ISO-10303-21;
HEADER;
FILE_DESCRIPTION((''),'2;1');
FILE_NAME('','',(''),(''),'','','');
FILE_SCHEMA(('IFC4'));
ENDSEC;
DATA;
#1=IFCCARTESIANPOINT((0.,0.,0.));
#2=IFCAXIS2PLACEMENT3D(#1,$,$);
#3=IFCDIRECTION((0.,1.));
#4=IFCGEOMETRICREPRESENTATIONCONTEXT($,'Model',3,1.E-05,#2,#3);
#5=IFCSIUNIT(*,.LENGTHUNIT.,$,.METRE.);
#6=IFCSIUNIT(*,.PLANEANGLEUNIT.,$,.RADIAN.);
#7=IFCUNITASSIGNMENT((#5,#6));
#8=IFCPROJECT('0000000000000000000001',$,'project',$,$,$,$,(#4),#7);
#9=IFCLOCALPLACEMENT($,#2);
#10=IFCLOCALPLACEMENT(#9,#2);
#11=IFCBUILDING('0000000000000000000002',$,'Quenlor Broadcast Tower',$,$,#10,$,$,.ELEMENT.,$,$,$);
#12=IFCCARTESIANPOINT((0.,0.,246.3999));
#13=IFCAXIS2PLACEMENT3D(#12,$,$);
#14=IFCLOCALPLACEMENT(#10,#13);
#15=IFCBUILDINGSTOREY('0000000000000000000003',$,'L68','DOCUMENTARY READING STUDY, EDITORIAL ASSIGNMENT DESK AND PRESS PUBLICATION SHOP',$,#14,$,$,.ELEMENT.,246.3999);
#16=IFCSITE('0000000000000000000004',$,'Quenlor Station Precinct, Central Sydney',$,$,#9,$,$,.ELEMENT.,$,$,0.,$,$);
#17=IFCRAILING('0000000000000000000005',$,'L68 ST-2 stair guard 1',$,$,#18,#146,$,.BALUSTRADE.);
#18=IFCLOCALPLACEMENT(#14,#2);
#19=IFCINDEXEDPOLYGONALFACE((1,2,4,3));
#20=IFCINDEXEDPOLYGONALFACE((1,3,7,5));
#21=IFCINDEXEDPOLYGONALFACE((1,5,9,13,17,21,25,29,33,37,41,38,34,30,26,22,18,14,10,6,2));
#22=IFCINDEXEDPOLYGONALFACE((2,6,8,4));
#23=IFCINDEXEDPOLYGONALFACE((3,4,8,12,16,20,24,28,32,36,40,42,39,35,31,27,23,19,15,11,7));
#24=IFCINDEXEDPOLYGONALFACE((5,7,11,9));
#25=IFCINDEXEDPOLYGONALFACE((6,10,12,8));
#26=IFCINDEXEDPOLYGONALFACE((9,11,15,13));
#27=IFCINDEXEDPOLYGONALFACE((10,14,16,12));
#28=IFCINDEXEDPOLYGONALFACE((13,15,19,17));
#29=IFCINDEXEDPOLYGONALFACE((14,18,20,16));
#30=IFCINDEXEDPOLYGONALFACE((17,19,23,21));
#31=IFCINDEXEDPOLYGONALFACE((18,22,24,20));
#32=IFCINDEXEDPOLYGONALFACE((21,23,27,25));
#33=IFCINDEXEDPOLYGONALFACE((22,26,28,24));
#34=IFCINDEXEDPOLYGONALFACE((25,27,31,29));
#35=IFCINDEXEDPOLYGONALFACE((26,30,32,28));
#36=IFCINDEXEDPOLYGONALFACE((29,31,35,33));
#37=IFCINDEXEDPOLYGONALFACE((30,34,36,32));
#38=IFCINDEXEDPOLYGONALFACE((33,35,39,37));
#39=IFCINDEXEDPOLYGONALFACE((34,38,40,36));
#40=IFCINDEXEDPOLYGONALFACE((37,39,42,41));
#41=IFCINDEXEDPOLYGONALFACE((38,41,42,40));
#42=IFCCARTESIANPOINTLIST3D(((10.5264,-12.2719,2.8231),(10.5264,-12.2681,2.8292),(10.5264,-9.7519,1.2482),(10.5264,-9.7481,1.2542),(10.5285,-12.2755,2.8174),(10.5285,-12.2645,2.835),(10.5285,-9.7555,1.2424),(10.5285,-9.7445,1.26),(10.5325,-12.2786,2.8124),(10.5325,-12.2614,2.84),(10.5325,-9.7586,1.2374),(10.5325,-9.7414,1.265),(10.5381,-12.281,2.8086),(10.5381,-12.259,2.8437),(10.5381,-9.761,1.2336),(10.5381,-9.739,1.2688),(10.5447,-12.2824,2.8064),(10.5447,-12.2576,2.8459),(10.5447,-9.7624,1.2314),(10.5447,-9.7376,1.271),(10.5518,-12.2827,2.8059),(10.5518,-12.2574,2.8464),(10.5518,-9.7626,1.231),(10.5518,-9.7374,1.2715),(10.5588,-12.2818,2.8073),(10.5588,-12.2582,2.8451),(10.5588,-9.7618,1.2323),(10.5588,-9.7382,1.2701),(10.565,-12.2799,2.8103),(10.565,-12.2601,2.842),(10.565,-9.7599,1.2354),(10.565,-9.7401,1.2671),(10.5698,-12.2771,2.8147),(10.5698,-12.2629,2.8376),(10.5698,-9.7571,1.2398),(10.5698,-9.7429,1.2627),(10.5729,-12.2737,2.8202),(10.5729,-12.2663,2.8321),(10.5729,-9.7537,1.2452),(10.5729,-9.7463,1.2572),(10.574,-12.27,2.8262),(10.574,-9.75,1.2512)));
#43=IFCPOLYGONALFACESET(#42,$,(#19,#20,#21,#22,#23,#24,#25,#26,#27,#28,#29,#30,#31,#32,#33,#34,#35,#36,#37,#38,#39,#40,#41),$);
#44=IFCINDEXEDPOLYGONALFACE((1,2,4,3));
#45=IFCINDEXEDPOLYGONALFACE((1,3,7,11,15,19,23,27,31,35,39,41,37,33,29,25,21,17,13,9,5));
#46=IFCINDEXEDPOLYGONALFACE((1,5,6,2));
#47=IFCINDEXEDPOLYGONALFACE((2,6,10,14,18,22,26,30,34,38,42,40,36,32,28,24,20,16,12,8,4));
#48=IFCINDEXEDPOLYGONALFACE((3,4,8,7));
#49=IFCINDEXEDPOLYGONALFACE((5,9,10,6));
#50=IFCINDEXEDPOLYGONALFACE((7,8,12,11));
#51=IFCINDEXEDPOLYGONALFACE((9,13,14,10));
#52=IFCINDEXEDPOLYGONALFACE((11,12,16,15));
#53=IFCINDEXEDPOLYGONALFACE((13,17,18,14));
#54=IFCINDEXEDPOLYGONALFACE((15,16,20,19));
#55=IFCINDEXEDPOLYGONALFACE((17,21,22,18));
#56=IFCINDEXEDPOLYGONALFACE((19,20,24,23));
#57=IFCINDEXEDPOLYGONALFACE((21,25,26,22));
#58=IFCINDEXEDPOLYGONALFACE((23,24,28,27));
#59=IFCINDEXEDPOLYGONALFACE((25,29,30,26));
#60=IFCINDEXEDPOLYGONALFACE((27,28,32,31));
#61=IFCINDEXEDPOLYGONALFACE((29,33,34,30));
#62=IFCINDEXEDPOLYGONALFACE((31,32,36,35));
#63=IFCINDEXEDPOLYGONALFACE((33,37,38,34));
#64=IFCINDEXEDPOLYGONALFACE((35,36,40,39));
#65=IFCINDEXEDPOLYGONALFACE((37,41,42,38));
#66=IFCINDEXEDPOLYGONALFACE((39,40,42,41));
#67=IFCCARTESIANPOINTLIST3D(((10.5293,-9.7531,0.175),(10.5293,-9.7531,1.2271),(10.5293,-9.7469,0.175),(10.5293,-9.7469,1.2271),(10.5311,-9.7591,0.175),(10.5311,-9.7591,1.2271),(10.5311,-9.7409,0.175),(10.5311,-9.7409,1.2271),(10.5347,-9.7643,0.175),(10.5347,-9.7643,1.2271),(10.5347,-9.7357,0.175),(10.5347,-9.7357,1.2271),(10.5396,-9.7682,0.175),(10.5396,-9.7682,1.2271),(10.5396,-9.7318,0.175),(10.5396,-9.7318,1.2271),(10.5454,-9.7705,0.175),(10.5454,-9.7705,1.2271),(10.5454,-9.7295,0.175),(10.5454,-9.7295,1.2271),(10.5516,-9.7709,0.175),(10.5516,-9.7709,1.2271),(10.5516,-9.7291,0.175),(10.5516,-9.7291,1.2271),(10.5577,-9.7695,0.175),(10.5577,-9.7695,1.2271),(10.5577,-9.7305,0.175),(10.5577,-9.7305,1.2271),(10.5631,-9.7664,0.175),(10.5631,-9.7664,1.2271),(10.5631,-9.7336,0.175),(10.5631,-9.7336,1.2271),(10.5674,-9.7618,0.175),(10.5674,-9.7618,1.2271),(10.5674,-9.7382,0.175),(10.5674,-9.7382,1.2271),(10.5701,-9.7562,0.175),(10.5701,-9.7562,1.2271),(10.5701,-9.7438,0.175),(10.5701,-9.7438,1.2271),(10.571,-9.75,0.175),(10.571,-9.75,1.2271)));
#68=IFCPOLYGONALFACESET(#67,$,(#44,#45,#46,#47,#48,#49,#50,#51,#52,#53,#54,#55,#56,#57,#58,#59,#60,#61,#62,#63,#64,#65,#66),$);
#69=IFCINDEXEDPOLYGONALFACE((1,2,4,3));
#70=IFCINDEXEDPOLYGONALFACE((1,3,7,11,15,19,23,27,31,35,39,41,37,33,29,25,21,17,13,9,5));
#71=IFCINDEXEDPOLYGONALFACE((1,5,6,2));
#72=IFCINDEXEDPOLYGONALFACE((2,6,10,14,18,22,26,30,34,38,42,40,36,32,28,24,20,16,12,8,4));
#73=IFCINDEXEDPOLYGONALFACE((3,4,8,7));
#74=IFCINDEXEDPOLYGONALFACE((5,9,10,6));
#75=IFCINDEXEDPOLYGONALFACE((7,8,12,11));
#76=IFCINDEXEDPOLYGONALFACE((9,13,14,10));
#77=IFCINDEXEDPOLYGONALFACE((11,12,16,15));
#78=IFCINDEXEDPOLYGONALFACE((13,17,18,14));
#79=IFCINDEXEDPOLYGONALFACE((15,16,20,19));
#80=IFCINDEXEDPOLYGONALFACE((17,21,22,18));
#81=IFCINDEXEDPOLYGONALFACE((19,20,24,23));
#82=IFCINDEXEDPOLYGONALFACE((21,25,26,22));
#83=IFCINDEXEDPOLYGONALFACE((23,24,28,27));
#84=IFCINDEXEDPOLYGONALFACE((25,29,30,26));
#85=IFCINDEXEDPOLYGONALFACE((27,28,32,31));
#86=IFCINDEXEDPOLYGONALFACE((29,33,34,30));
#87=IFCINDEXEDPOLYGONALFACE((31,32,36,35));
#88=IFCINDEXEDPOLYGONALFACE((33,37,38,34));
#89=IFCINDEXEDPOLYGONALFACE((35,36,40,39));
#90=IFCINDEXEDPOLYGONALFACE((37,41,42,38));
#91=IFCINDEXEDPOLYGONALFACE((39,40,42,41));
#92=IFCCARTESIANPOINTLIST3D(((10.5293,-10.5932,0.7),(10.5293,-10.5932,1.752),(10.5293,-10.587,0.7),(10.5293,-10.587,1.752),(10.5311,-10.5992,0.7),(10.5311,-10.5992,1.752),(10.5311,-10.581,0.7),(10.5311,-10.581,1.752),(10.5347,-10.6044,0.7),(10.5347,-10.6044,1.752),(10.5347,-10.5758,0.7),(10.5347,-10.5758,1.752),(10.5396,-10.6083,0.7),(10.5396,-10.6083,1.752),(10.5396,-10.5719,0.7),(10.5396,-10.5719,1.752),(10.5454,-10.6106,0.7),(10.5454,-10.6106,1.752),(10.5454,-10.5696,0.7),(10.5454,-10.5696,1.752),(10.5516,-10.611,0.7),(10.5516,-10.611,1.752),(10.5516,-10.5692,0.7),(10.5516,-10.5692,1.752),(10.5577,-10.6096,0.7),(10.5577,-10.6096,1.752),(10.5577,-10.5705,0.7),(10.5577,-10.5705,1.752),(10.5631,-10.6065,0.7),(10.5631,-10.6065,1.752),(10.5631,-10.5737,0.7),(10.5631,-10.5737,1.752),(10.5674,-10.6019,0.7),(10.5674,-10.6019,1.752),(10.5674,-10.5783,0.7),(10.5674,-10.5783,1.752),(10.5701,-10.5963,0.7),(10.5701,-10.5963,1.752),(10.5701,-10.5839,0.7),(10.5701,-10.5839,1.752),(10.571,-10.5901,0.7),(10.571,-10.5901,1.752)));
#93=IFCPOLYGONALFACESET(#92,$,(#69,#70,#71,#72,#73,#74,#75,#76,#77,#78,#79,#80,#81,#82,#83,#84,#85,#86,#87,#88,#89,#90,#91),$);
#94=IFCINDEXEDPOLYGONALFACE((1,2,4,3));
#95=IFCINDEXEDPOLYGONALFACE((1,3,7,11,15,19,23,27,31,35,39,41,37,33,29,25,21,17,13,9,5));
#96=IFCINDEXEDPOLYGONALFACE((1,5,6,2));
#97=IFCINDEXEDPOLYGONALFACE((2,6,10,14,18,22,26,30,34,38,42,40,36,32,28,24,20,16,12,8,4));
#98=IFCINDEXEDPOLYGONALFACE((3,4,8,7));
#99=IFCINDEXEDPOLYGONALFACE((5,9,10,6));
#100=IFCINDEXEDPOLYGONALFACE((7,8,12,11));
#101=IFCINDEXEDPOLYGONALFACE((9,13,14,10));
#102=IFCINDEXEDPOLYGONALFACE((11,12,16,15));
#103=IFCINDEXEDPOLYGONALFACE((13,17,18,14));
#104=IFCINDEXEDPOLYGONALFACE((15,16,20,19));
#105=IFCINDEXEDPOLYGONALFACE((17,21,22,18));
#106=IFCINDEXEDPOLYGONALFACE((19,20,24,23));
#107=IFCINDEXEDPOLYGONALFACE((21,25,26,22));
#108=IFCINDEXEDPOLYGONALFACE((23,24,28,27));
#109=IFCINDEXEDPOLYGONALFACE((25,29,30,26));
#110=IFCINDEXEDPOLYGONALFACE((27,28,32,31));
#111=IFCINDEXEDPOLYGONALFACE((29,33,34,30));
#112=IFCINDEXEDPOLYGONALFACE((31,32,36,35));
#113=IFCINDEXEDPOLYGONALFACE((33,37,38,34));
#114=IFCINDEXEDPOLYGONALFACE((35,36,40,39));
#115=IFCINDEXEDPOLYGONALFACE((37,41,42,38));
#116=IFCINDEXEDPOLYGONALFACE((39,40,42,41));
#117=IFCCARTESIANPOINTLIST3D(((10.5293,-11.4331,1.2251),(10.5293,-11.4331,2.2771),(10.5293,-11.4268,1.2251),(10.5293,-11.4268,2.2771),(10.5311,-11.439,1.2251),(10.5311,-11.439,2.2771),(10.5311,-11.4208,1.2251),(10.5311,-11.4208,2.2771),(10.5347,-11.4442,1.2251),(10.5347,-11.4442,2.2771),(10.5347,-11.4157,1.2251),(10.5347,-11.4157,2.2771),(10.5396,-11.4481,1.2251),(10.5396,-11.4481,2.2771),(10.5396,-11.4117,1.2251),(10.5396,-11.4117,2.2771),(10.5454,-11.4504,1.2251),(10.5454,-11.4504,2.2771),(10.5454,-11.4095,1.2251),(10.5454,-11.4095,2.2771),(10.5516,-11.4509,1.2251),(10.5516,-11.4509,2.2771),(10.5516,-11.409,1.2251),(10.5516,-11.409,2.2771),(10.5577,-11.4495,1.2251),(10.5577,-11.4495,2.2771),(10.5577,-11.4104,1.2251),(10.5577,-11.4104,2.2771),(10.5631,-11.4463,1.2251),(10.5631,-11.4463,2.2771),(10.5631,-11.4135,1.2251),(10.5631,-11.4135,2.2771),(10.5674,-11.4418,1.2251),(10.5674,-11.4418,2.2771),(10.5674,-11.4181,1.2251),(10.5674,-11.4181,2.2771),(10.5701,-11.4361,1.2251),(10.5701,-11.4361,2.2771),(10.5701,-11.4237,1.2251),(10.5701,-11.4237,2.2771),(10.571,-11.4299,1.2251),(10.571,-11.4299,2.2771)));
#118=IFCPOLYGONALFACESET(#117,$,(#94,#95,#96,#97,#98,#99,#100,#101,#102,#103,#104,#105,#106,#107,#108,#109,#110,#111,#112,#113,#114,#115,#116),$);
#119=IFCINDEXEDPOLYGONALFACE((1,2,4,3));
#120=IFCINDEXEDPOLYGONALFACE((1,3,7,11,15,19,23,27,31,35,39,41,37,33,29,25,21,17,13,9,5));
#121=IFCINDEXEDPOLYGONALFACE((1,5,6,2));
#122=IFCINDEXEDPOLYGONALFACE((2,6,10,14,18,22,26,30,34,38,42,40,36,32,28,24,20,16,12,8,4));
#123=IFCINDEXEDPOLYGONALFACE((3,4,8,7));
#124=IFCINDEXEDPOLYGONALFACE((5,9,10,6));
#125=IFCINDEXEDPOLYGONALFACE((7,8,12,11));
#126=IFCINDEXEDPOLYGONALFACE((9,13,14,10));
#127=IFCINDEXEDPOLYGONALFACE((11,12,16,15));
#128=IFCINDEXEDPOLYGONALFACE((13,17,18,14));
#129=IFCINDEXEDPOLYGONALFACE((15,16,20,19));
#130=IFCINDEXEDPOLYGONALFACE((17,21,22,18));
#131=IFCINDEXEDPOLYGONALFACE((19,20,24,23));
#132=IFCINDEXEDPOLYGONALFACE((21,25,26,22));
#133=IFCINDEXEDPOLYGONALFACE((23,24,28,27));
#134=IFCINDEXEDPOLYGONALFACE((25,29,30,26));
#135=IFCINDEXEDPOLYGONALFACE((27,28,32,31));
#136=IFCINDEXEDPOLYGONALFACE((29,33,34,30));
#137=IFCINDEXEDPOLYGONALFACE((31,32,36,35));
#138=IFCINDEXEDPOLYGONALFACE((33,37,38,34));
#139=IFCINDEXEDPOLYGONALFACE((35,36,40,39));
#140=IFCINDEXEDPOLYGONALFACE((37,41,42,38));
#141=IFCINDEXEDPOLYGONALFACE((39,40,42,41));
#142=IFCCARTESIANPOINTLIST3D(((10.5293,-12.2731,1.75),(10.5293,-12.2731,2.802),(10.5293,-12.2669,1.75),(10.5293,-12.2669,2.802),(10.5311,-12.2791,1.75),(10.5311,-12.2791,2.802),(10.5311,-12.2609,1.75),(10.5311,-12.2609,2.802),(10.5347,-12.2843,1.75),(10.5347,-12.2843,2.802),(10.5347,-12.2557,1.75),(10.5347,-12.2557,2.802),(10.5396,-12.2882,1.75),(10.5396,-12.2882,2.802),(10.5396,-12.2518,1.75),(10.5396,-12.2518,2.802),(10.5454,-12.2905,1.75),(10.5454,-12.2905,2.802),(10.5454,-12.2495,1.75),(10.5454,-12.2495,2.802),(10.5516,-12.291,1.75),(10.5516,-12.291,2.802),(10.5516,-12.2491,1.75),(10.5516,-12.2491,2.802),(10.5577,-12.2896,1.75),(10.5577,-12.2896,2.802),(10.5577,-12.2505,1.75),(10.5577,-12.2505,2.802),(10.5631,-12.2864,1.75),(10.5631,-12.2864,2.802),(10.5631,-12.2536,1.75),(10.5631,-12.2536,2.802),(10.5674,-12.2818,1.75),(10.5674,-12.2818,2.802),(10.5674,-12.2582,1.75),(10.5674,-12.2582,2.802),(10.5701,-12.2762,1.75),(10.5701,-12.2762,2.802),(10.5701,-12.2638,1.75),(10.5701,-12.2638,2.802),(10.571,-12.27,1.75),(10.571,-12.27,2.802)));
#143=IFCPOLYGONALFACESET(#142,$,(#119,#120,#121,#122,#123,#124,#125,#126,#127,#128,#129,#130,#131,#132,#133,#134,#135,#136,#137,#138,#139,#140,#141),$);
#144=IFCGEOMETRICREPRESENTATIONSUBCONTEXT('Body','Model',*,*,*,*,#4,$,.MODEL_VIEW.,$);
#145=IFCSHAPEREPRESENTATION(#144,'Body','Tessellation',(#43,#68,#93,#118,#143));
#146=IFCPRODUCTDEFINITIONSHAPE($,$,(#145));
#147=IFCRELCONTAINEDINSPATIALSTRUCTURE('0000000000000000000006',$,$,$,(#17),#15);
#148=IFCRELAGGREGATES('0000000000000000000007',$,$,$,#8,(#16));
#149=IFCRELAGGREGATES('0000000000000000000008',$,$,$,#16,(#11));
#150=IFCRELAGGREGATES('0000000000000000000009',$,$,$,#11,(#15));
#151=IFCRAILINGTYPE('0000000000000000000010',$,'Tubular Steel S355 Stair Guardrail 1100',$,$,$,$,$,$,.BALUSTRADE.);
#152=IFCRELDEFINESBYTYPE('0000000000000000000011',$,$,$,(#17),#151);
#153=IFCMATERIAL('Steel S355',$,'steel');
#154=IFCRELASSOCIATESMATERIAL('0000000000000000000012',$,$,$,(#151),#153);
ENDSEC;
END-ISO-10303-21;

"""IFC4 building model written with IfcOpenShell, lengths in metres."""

from ifc_helpers import new_model, si_unit, direction, frame, origin, origin_2d, place, context, subcontext, project, spatial, circle, extrude, material, type_object, element, save


model = new_model("IFC4")

# Units and contexts
model_context = context("Model", 3, precision=1e-05, world=origin(), true_north=direction((0.0, 1.0)))
body_context = subcontext(model_context, "Body", "Model", "MODEL_VIEW")
ifc_project = project(units=[si_unit("LENGTHUNIT", "METRE"), si_unit("PLANEANGLEUNIT", "RADIAN")], contexts=[model_context])

# Site, building, storey
site_placement = place(None, origin())
site = spatial("IfcSite", under=ifc_project, at=site_placement, Name="Quenlor Station Precinct, Central Sydney", CompositionType="ELEMENT", RefElevation=0.0)
building_placement = place(site_placement, origin())
building = spatial("IfcBuilding", under=site, at=building_placement, Name="Quenlor Broadcast Tower", CompositionType="ELEMENT")
storey_placement = place(building_placement, frame((0.0, 0.0, 246.3999)))
storey = spatial("IfcBuildingStorey", under=building, at=storey_placement, Name="L68", Description="DOCUMENTARY READING STUDY, EDITORIAL ASSIGNMENT DESK AND PRESS PUBLICATION SHOP", CompositionType="ELEMENT", Elevation=246.3999)

# Railing
ifc_material_1 = material(Name="Steel S355", Category="steel")
railing_type_1 = type_object("IfcRailingType", Name="Tubular Steel S355 Stair Guardrail 1100", PredefinedType="BALUSTRADE", material=ifc_material_1)
railing_1_placement = place(storey_placement, frame((10.55, -9.75, 0.175)))
element("IfcRailing", 1, at=railing_1_placement, inside=storey, type_object=railing_type_1, Name="L68 ST-2 stair guard 1", PredefinedType="BALUSTRADE", context=body_context, shape_type="SweptSolid", body=[
    extrude(circle(Radius=0.0239, at=origin_2d()), frame((0.0, 0.0, 1.0762), z_axis=(0.0, -0.848008, 0.529984), x_axis=(1.0, 0.0, 0.0)), (0.0, 0.0, 1.0), 2.9717),
    extrude(circle(Radius=0.021, at=origin_2d()), origin(), (0.0, 0.0, 1.0), 1.052),
    extrude(circle(Radius=0.021, at=origin_2d()), frame((0.0, -0.8401, 0.5249)), (0.0, 0.0, 1.0), 1.052),
    extrude(circle(Radius=0.021, at=origin_2d()), frame((0.0, -1.6799, 1.05)), (0.0, 0.0, 1.0), 1.052),
    extrude(circle(Radius=0.021, at=origin_2d()), frame((0.0, -2.52, 1.575)), (0.0, 0.0, 1.0), 1.052),
])

save(model, "model.ifc")
